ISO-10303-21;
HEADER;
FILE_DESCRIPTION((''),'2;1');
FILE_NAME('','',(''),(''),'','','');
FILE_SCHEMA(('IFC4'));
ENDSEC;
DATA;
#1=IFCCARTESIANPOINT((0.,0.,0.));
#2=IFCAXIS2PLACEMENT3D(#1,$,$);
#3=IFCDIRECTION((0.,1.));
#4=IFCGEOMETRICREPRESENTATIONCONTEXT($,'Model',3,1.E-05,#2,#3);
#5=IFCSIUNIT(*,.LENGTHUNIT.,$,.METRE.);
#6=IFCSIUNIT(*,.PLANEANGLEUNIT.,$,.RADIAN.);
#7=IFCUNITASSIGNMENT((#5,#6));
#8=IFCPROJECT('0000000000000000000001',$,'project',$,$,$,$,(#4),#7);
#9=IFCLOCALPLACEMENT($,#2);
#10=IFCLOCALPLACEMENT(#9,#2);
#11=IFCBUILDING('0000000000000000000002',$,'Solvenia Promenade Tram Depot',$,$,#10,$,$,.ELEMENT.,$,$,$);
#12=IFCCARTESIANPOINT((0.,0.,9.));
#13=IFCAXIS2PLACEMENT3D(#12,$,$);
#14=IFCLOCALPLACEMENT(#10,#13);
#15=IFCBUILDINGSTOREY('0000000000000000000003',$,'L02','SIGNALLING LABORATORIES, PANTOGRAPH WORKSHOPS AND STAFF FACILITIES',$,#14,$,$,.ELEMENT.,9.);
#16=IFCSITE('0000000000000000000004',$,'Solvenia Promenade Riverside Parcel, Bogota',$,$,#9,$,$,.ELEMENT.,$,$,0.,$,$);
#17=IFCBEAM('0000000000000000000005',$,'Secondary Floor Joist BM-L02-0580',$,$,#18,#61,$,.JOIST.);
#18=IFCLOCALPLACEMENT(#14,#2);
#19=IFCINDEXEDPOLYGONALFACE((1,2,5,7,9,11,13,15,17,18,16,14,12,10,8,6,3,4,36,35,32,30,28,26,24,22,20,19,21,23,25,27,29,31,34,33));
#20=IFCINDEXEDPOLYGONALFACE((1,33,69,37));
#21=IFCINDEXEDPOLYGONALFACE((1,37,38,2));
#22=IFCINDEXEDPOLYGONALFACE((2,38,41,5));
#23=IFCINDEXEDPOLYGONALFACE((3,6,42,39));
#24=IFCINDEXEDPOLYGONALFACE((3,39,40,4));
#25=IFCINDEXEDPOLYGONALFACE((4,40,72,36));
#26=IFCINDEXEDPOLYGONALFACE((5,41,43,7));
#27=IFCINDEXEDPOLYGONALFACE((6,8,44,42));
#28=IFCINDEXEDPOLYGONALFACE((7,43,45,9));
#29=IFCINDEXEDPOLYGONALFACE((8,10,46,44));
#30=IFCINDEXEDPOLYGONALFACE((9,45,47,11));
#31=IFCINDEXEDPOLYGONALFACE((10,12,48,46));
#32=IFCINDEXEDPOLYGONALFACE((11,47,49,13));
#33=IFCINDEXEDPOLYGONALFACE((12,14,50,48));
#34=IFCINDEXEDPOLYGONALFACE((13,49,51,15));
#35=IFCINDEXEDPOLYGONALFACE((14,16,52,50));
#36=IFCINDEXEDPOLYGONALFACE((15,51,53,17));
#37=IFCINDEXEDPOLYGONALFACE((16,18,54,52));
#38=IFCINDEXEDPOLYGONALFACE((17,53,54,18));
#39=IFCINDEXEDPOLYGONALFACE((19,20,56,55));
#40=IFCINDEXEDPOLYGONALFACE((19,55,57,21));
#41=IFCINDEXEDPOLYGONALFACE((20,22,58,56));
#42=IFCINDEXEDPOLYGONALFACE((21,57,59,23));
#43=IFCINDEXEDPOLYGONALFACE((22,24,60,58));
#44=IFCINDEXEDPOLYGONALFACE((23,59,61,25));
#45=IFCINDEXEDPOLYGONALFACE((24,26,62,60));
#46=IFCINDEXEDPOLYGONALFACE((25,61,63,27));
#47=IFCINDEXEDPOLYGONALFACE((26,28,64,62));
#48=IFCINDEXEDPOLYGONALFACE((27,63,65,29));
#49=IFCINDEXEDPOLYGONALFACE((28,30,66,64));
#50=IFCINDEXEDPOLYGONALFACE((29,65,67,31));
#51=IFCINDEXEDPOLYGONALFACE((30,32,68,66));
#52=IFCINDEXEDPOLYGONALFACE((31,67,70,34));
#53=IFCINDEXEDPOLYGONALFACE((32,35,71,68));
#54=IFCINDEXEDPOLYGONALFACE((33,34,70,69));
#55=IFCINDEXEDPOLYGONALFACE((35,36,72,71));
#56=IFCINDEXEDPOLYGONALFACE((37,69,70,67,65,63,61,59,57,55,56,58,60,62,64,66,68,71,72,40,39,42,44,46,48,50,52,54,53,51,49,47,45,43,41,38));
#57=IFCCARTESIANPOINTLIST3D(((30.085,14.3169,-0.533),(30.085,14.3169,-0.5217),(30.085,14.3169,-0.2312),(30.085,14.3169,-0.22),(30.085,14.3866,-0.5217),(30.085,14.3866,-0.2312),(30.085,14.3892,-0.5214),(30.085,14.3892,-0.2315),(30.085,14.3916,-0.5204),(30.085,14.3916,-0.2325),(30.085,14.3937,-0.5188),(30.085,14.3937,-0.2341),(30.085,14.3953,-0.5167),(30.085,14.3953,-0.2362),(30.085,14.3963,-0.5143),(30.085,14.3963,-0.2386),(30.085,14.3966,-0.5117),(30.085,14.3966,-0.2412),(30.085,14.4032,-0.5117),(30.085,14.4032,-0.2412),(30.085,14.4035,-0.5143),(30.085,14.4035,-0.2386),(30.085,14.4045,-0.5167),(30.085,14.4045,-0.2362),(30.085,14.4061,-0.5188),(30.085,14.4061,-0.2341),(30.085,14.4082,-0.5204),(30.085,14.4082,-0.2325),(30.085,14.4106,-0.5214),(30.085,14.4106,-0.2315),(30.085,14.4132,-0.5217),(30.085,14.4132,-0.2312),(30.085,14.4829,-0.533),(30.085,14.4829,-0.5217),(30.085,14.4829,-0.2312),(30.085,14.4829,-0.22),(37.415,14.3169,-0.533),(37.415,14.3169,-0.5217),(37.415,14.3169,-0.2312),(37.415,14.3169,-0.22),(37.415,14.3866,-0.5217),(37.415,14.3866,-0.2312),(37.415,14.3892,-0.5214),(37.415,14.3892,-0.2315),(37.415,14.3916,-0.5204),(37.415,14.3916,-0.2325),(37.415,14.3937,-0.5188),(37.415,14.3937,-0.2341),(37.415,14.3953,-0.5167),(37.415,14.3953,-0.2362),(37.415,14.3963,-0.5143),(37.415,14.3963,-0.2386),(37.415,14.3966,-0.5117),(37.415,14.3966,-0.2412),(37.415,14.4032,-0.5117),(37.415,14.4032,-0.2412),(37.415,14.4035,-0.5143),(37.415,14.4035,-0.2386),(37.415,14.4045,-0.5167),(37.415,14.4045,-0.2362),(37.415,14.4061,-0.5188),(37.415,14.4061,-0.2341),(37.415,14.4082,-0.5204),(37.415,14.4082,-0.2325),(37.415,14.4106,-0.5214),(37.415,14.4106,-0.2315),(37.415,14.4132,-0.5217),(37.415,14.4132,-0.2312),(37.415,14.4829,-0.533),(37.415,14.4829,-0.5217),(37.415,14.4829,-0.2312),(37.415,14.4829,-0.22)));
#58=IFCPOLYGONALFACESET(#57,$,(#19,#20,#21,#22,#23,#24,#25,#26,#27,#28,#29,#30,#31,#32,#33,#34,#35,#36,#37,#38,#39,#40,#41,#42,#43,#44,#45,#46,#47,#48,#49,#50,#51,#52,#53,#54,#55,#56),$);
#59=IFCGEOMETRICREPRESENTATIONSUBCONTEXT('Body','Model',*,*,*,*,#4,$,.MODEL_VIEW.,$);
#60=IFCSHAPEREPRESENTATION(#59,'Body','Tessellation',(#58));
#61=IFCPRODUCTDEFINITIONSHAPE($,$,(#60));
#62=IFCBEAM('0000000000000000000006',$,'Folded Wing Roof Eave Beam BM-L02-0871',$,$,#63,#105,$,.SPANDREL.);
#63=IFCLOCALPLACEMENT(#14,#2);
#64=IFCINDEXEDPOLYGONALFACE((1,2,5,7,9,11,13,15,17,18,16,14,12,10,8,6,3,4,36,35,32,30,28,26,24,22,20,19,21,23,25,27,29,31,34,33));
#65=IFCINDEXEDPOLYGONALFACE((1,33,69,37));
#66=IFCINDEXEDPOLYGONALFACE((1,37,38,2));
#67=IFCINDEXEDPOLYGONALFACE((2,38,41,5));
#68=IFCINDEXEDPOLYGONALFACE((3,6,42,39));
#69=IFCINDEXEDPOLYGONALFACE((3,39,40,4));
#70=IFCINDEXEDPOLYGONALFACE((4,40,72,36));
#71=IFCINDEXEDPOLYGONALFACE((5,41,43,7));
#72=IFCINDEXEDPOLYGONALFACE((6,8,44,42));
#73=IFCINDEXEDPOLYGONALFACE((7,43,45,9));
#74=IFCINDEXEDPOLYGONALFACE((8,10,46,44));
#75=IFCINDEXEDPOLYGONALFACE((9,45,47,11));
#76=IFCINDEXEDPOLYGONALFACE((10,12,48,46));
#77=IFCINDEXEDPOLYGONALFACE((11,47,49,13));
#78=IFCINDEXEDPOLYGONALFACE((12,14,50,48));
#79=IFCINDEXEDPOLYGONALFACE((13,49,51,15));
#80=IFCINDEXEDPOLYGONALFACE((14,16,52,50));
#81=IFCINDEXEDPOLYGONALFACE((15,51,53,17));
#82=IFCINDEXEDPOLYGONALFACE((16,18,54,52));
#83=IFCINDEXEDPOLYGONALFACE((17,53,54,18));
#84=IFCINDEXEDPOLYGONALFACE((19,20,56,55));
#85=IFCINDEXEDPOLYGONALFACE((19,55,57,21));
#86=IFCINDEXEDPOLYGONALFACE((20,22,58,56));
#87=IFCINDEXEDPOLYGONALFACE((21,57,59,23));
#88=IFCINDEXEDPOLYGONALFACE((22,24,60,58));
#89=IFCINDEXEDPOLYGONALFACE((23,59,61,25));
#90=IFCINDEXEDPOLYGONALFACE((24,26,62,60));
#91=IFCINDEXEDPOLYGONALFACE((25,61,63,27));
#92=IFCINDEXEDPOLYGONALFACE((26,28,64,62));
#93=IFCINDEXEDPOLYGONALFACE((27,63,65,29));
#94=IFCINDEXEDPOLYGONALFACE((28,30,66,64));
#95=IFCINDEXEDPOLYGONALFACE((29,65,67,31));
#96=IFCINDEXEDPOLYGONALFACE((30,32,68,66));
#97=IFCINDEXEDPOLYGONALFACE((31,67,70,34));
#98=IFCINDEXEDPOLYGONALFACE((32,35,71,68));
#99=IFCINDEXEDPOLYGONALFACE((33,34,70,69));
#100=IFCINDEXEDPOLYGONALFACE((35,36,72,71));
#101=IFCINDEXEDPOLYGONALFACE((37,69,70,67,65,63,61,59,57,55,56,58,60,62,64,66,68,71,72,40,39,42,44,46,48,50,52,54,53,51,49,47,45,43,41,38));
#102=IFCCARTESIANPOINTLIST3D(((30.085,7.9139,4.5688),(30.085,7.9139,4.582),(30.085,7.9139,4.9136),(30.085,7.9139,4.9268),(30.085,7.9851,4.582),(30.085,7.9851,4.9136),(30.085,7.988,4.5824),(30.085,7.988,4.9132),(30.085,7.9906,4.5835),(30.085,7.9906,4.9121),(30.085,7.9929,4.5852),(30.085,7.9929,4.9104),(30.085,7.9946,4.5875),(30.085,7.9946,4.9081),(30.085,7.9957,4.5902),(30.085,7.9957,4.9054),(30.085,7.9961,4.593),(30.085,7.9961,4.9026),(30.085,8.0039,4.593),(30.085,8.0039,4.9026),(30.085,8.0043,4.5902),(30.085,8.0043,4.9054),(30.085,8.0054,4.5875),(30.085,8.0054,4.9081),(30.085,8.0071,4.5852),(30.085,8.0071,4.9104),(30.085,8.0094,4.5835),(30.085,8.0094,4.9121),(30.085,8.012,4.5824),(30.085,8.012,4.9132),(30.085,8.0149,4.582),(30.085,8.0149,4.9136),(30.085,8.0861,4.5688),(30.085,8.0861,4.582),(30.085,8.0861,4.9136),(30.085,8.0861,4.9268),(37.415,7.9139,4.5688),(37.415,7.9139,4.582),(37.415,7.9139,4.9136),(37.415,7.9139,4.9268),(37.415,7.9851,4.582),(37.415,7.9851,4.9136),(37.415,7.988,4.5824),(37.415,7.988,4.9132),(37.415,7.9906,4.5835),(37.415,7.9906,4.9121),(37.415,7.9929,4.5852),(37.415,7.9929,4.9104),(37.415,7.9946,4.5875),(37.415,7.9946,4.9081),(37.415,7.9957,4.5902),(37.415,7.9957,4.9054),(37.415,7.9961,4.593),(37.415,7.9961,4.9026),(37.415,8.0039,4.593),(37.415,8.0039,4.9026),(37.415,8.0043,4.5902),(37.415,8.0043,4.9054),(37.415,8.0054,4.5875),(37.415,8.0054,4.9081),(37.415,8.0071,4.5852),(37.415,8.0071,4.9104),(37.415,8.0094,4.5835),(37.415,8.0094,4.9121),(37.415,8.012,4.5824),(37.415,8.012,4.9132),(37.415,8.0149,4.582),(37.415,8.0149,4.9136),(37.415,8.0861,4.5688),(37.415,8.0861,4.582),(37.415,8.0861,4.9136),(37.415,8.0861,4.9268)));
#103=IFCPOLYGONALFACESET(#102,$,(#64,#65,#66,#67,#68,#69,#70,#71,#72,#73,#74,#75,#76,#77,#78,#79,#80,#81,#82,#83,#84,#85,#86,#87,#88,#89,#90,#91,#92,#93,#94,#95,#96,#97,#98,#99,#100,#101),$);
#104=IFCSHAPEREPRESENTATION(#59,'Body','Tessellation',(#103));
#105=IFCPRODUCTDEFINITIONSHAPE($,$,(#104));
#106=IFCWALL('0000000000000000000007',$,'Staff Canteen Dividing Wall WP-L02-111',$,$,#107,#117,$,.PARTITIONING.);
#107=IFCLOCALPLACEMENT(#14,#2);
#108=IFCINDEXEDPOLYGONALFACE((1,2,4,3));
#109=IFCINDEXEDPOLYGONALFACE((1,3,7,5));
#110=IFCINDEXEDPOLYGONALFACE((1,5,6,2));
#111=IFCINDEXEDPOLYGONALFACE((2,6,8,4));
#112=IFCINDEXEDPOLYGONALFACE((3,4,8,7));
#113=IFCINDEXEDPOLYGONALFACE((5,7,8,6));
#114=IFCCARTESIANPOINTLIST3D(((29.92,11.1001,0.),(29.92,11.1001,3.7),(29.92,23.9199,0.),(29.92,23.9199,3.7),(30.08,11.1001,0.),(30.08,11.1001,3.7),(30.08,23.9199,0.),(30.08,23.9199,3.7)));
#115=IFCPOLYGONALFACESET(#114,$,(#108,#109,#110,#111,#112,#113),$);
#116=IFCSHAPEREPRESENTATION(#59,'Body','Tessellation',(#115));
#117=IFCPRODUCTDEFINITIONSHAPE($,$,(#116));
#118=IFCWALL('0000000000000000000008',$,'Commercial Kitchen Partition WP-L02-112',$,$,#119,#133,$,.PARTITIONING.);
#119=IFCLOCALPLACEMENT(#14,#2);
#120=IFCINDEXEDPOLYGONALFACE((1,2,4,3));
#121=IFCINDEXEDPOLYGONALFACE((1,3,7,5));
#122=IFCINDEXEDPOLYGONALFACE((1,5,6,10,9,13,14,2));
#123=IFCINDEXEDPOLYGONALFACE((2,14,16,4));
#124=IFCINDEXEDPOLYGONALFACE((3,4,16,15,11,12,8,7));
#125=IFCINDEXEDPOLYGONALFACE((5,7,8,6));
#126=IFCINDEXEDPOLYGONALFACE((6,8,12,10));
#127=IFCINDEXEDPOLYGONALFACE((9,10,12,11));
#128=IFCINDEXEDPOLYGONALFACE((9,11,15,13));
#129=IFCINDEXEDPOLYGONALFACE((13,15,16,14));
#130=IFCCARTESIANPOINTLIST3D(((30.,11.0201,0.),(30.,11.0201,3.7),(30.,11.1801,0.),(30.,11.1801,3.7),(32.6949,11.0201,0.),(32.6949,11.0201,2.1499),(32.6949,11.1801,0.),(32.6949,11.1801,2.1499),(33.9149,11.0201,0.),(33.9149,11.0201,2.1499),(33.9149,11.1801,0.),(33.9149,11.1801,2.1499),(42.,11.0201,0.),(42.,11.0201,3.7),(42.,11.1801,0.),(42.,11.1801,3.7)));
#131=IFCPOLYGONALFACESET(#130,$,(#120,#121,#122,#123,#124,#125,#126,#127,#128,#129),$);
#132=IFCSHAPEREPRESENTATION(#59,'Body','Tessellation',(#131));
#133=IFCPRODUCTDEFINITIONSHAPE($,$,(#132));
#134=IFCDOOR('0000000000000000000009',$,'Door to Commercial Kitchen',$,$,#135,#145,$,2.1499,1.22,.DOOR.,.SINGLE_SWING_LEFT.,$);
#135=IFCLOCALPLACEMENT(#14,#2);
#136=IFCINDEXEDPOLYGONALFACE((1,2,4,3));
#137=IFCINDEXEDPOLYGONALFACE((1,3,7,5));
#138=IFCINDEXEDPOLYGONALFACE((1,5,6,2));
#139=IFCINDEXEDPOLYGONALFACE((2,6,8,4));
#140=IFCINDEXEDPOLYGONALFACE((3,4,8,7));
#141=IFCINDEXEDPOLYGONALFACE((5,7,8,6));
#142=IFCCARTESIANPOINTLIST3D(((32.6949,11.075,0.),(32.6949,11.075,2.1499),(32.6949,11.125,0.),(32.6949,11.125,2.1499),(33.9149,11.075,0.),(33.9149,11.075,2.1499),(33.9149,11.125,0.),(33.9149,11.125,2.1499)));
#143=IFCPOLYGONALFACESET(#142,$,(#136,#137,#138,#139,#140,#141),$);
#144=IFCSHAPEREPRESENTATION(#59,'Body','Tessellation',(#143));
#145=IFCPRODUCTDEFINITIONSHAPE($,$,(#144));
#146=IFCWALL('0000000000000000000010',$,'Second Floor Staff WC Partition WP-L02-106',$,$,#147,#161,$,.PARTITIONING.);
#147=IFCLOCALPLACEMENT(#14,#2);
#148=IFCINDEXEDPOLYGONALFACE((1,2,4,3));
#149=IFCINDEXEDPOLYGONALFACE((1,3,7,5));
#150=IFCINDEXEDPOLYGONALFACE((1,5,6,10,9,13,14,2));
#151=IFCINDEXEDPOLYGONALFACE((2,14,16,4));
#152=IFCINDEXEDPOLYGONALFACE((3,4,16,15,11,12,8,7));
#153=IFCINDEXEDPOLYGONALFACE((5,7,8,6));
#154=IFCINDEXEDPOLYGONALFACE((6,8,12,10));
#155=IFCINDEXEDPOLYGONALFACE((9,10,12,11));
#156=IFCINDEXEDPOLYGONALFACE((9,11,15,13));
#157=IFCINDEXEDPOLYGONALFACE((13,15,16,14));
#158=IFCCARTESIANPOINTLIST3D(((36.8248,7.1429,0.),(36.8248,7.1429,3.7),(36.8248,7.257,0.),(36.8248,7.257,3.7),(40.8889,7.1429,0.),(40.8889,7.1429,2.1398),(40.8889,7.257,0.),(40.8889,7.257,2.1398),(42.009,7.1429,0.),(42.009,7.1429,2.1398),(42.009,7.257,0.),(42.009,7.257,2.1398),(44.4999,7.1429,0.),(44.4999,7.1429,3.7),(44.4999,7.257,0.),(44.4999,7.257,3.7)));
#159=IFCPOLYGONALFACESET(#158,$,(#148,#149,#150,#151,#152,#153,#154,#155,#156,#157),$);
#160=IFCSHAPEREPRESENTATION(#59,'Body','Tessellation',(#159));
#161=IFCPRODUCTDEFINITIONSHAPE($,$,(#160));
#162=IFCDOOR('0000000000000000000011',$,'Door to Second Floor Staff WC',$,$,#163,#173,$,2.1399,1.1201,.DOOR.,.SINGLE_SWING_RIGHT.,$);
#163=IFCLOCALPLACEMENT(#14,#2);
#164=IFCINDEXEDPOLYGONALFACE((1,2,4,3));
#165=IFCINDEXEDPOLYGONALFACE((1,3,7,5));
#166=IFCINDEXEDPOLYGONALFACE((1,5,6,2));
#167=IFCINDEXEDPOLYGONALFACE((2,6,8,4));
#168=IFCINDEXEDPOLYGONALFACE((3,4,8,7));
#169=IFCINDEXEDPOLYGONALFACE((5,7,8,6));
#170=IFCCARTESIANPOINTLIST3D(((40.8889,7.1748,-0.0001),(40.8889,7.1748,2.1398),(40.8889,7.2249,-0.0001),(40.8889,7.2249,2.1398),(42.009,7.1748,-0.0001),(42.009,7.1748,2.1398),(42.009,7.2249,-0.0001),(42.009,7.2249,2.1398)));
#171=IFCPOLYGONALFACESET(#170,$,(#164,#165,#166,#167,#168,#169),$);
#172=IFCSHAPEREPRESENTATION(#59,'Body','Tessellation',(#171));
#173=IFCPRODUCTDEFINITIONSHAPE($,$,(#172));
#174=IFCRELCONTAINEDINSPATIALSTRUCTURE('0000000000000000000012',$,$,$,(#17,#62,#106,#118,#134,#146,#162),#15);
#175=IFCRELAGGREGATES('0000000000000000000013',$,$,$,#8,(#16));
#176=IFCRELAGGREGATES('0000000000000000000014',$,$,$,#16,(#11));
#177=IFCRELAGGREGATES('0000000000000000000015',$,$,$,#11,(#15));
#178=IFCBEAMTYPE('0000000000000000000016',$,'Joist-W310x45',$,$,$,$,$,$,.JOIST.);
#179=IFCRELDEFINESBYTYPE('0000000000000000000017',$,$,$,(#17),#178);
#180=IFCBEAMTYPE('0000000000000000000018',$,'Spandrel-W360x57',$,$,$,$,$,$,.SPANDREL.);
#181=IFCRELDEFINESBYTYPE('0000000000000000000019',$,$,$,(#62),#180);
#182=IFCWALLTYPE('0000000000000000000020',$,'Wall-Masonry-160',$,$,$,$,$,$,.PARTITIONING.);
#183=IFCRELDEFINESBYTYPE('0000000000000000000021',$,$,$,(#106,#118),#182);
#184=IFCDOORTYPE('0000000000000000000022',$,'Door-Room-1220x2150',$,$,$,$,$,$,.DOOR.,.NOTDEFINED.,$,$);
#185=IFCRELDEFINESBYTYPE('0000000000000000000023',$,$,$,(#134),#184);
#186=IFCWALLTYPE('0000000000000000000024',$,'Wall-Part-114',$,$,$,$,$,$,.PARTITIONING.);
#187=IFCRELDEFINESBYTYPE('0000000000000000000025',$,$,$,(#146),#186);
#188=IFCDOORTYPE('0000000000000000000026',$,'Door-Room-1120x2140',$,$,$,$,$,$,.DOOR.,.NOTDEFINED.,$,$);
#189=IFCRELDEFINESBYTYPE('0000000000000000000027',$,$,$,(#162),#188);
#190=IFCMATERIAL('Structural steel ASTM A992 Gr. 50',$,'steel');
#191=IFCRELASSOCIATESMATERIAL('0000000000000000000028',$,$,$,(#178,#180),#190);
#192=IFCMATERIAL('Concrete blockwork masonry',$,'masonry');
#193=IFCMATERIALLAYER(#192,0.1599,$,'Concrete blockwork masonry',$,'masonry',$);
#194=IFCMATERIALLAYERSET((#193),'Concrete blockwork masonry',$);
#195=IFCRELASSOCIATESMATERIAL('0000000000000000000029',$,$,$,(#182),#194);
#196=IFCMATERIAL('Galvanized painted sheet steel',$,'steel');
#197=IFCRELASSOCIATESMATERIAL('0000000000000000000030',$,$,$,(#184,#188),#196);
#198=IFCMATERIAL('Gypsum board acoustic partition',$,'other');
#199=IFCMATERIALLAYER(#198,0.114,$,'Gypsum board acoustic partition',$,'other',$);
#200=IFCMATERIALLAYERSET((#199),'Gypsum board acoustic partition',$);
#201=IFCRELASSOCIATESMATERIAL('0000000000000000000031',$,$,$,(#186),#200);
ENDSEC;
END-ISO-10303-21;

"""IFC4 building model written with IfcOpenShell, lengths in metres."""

from ifc_helpers import new_model, si_unit, direction, frame, frame_2d, origin, origin_2d, place, context, subcontext, project, spatial, rectangle, i_section, extrude, material, layer, layer_set, material_profile, profile_set, type_object, element, fill, save


model = new_model("IFC4")

# Units and contexts
model_context = context("Model", 3, precision=1e-05, world=origin(), true_north=direction((0.0, 1.0)))
body_context = subcontext(model_context, "Body", "Model", "MODEL_VIEW")
ifc_project = project(units=[si_unit("LENGTHUNIT", "METRE"), si_unit("PLANEANGLEUNIT", "RADIAN")], contexts=[model_context])

# Site, building, storey
site_placement = place(None, origin())
site = spatial("IfcSite", under=ifc_project, at=site_placement, Name="Solvenia Promenade Riverside Parcel, Bogota", CompositionType="ELEMENT", RefElevation=0.0)
building_placement = place(site_placement, origin())
building = spatial("IfcBuilding", under=site, at=building_placement, Name="Solvenia Promenade Tram Depot", CompositionType="ELEMENT")
storey_placement = place(building_placement, frame((0.0, 0.0, 9.0)))
storey = spatial("IfcBuildingStorey", under=building, at=storey_placement, Name="L02", Description="SIGNALLING LABORATORIES, PANTOGRAPH WORKSHOPS AND STAFF FACILITIES", CompositionType="ELEMENT", Elevation=9.0)

# Shared definitions
ifc_material_1 = material(Name="Structural steel ASTM A992 Gr. 50", Category="steel")

# Beams
ifc_material_profile_1 = material_profile(ifc_material_1, i_section(OverallWidth=0.166, OverallDepth=0.313, WebThickness=0.0066, FlangeThickness=0.0112, FilletRadius=0.01, at=origin_2d()), Name="W310x45", Category="steel")
ifc_profile_set_1 = profile_set([ifc_material_profile_1], Name="Structural steel ASTM A992 Gr. 50")
beam_type_1 = type_object("IfcBeamType", Name="Joist-W310x45", PredefinedType="JOIST", material=ifc_profile_set_1)
for number, where, z_axis, x_axis, name in (
    (1, (30.085, 14.3999, -0.3765), (1.0, 0.0, 0.0), (0.0, 1.0, 0.0), "Secondary Floor Joist BM-L02-0580"),
):
    element("IfcBeam", number, at=place(storey_placement, frame(where, z_axis=z_axis, x_axis=x_axis)), inside=storey, type_object=beam_type_1, Name=name, PredefinedType="JOIST", context=body_context, shape_type="SweptSolid", body=[
        extrude(i_section(OverallWidth=0.166, OverallDepth=0.313, WebThickness=0.0066, FlangeThickness=0.0112, FilletRadius=0.01, at=origin_2d()), origin(), (0.0, 0.0, 1.0), 7.3301),
    ])
ifc_material_profile_2 = material_profile(ifc_material_1, i_section(OverallWidth=0.1721, OverallDepth=0.3579, WebThickness=0.0078, FlangeThickness=0.0132, FilletRadius=0.011, at=origin_2d()), Name="W360x57", Category="steel")
ifc_profile_set_2 = profile_set([ifc_material_profile_2], Name="Structural steel ASTM A992 Gr. 50")
beam_type_2 = type_object("IfcBeamType", Name="Spandrel-W360x57", PredefinedType="SPANDREL", material=ifc_profile_set_2)
beam_1_placement = place(storey_placement, frame((30.085, 8.0, 4.7478), z_axis=(1.0, 0.0, 0.0), x_axis=(0.0, 1.0, 0.0)))
element("IfcBeam", 2, at=beam_1_placement, inside=storey, type_object=beam_type_2, Name="Folded Wing Roof Eave Beam BM-L02-0871", PredefinedType="SPANDREL", context=body_context, shape_type="SweptSolid", body=[
    extrude(i_section(OverallWidth=0.1721, OverallDepth=0.3579, WebThickness=0.0078, FlangeThickness=0.0132, FilletRadius=0.011, at=origin_2d()), origin(), (0.0, 0.0, 1.0), 7.3301),
])

# Shared definitions
ifc_material_2 = material(Name="Galvanized painted sheet steel", Category="steel")

# Wall
ifc_material_3 = material(Name="Concrete blockwork masonry", Category="masonry")
ifc_layer_1 = layer(ifc_material_3, 0.1599, Name="Concrete blockwork masonry", Category="masonry")
ifc_layer_set_1 = layer_set([ifc_layer_1], Name="Concrete blockwork masonry")
wall_type_1 = type_object("IfcWallType", Name="Wall-Masonry-160", PredefinedType="PARTITIONING", material=ifc_layer_set_1)
wall_1_placement = place(storey_placement, frame((30.0, 11.1001, 0.0), z_axis=(0.0, 0.0, 1.0), x_axis=(0.0, 1.0, 0.0)))
element("IfcWall", 3, at=wall_1_placement, inside=storey, type_object=wall_type_1, Name="Staff Canteen Dividing Wall WP-L02-111", PredefinedType="PARTITIONING", context=body_context, shape_type="SweptSolid", body=[
    extrude(rectangle(XDim=12.8198, YDim=0.1599, at=frame_2d((6.4099, 0.0))), origin(), (0.0, 0.0, 1.0), 3.7),
])

# Walls, openings, doors
wall_2_placement = place(storey_placement, frame((30.0, 11.1001, 0.0), z_axis=(0.0, 0.0, 1.0), x_axis=(1.0, 0.0, 0.0)))
wall_2 = element("IfcWall", 4, at=wall_2_placement, inside=storey, type_object=wall_type_1, Name="Commercial Kitchen Partition WP-L02-112", PredefinedType="PARTITIONING", context=body_context, shape_type="SweptSolid", body=[
    extrude(rectangle(XDim=12.0, YDim=0.1599, at=frame_2d((6.0, 0.0))), origin(), (0.0, 0.0, 1.0), 3.7),
])
opening_1_placement = place(wall_2_placement, frame((2.6951, 0.0, 0.0)))
opening_1 = element("IfcOpeningElement", 5, at=opening_1_placement, cuts=wall_2, PredefinedType="OPENING", context=body_context, shape_type="SweptSolid", body=[
    extrude(rectangle(XDim=1.22, YDim=2.1499, at=frame_2d((0.6099, 1.075))), frame((0.0, 0.0898, 0.0), z_axis=(0.0, -1.0, 0.0), x_axis=(1.0, 0.0, 0.0)), (0.0, 0.0, 1.0), 0.1799),
])
door_type_1 = type_object("IfcDoorType", Name="Door-Room-1220x2150", OperationType="NOTDEFINED", PredefinedType="DOOR", material=ifc_material_2)
door_1_placement = place(opening_1_placement, origin())
door_1 = element("IfcDoor", 6, at=door_1_placement, inside=storey, type_object=door_type_1, Name="Door to Commercial Kitchen", OperationType="SINGLE_SWING_LEFT", OverallHeight=2.1499, OverallWidth=1.22, PredefinedType="DOOR", context=body_context, shape_type="SweptSolid", body=[
    extrude(rectangle(XDim=1.22, YDim=2.1499, at=frame_2d((0.6099, 1.075))), frame((0.0, 0.0249, 0.0), z_axis=(0.0, -1.0, 0.0), x_axis=(1.0, 0.0, 0.0)), (0.0, 0.0, 1.0), 0.05),
])
fill(opening_1, door_1)
ifc_material_4 = material(Name="Gypsum board acoustic partition", Category="other")
ifc_layer_2 = layer(ifc_material_4, 0.114, Name="Gypsum board acoustic partition", Category="other")
ifc_layer_set_2 = layer_set([ifc_layer_2], Name="Gypsum board acoustic partition")
wall_type_2 = type_object("IfcWallType", Name="Wall-Part-114", PredefinedType="PARTITIONING", material=ifc_layer_set_2)
wall_3_placement = place(storey_placement, frame((36.825, 7.2, 0.0), z_axis=(0.0, 0.0, 1.0), x_axis=(1.0, 0.0, 0.0)))
wall_3 = element("IfcWall", 7, at=wall_3_placement, inside=storey, type_object=wall_type_2, Name="Second Floor Staff WC Partition WP-L02-106", PredefinedType="PARTITIONING", context=body_context, shape_type="SweptSolid", body=[
    extrude(rectangle(XDim=7.675, YDim=0.114, at=frame_2d((3.8374, 0.0))), origin(), (0.0, 0.0, 1.0), 3.7),
])
opening_2_placement = place(wall_3_placement, frame((4.064, 0.0, 0.0)))
opening_2 = element("IfcOpeningElement", 8, at=opening_2_placement, cuts=wall_3, PredefinedType="OPENING", context=body_context, shape_type="SweptSolid", body=[
    extrude(rectangle(XDim=1.1201, YDim=2.1399, at=frame_2d((0.5601, 1.0698))), frame((0.0, 0.0669, 0.0), z_axis=(0.0, -1.0, 0.0), x_axis=(1.0, 0.0, 0.0)), (0.0, 0.0, 1.0), 0.134),
])
door_type_2 = type_object("IfcDoorType", Name="Door-Room-1120x2140", OperationType="NOTDEFINED", PredefinedType="DOOR", material=ifc_material_2)
door_2_placement = place(opening_2_placement, origin())
door_2 = element("IfcDoor", 9, at=door_2_placement, inside=storey, type_object=door_type_2, Name="Door to Second Floor Staff WC", OperationType="SINGLE_SWING_RIGHT", OverallHeight=2.1399, OverallWidth=1.1201, PredefinedType="DOOR", context=body_context, shape_type="SweptSolid", body=[
    extrude(rectangle(XDim=1.1201, YDim=2.1399, at=frame_2d((0.5601, 1.0698))), frame((0.0, 0.0249, 0.0), z_axis=(0.0, -1.0, 0.0), x_axis=(1.0, 0.0, 0.0)), (0.0, 0.0, 1.0), 0.05),
])
fill(opening_2, door_2)

save(model, "model.ifc")
